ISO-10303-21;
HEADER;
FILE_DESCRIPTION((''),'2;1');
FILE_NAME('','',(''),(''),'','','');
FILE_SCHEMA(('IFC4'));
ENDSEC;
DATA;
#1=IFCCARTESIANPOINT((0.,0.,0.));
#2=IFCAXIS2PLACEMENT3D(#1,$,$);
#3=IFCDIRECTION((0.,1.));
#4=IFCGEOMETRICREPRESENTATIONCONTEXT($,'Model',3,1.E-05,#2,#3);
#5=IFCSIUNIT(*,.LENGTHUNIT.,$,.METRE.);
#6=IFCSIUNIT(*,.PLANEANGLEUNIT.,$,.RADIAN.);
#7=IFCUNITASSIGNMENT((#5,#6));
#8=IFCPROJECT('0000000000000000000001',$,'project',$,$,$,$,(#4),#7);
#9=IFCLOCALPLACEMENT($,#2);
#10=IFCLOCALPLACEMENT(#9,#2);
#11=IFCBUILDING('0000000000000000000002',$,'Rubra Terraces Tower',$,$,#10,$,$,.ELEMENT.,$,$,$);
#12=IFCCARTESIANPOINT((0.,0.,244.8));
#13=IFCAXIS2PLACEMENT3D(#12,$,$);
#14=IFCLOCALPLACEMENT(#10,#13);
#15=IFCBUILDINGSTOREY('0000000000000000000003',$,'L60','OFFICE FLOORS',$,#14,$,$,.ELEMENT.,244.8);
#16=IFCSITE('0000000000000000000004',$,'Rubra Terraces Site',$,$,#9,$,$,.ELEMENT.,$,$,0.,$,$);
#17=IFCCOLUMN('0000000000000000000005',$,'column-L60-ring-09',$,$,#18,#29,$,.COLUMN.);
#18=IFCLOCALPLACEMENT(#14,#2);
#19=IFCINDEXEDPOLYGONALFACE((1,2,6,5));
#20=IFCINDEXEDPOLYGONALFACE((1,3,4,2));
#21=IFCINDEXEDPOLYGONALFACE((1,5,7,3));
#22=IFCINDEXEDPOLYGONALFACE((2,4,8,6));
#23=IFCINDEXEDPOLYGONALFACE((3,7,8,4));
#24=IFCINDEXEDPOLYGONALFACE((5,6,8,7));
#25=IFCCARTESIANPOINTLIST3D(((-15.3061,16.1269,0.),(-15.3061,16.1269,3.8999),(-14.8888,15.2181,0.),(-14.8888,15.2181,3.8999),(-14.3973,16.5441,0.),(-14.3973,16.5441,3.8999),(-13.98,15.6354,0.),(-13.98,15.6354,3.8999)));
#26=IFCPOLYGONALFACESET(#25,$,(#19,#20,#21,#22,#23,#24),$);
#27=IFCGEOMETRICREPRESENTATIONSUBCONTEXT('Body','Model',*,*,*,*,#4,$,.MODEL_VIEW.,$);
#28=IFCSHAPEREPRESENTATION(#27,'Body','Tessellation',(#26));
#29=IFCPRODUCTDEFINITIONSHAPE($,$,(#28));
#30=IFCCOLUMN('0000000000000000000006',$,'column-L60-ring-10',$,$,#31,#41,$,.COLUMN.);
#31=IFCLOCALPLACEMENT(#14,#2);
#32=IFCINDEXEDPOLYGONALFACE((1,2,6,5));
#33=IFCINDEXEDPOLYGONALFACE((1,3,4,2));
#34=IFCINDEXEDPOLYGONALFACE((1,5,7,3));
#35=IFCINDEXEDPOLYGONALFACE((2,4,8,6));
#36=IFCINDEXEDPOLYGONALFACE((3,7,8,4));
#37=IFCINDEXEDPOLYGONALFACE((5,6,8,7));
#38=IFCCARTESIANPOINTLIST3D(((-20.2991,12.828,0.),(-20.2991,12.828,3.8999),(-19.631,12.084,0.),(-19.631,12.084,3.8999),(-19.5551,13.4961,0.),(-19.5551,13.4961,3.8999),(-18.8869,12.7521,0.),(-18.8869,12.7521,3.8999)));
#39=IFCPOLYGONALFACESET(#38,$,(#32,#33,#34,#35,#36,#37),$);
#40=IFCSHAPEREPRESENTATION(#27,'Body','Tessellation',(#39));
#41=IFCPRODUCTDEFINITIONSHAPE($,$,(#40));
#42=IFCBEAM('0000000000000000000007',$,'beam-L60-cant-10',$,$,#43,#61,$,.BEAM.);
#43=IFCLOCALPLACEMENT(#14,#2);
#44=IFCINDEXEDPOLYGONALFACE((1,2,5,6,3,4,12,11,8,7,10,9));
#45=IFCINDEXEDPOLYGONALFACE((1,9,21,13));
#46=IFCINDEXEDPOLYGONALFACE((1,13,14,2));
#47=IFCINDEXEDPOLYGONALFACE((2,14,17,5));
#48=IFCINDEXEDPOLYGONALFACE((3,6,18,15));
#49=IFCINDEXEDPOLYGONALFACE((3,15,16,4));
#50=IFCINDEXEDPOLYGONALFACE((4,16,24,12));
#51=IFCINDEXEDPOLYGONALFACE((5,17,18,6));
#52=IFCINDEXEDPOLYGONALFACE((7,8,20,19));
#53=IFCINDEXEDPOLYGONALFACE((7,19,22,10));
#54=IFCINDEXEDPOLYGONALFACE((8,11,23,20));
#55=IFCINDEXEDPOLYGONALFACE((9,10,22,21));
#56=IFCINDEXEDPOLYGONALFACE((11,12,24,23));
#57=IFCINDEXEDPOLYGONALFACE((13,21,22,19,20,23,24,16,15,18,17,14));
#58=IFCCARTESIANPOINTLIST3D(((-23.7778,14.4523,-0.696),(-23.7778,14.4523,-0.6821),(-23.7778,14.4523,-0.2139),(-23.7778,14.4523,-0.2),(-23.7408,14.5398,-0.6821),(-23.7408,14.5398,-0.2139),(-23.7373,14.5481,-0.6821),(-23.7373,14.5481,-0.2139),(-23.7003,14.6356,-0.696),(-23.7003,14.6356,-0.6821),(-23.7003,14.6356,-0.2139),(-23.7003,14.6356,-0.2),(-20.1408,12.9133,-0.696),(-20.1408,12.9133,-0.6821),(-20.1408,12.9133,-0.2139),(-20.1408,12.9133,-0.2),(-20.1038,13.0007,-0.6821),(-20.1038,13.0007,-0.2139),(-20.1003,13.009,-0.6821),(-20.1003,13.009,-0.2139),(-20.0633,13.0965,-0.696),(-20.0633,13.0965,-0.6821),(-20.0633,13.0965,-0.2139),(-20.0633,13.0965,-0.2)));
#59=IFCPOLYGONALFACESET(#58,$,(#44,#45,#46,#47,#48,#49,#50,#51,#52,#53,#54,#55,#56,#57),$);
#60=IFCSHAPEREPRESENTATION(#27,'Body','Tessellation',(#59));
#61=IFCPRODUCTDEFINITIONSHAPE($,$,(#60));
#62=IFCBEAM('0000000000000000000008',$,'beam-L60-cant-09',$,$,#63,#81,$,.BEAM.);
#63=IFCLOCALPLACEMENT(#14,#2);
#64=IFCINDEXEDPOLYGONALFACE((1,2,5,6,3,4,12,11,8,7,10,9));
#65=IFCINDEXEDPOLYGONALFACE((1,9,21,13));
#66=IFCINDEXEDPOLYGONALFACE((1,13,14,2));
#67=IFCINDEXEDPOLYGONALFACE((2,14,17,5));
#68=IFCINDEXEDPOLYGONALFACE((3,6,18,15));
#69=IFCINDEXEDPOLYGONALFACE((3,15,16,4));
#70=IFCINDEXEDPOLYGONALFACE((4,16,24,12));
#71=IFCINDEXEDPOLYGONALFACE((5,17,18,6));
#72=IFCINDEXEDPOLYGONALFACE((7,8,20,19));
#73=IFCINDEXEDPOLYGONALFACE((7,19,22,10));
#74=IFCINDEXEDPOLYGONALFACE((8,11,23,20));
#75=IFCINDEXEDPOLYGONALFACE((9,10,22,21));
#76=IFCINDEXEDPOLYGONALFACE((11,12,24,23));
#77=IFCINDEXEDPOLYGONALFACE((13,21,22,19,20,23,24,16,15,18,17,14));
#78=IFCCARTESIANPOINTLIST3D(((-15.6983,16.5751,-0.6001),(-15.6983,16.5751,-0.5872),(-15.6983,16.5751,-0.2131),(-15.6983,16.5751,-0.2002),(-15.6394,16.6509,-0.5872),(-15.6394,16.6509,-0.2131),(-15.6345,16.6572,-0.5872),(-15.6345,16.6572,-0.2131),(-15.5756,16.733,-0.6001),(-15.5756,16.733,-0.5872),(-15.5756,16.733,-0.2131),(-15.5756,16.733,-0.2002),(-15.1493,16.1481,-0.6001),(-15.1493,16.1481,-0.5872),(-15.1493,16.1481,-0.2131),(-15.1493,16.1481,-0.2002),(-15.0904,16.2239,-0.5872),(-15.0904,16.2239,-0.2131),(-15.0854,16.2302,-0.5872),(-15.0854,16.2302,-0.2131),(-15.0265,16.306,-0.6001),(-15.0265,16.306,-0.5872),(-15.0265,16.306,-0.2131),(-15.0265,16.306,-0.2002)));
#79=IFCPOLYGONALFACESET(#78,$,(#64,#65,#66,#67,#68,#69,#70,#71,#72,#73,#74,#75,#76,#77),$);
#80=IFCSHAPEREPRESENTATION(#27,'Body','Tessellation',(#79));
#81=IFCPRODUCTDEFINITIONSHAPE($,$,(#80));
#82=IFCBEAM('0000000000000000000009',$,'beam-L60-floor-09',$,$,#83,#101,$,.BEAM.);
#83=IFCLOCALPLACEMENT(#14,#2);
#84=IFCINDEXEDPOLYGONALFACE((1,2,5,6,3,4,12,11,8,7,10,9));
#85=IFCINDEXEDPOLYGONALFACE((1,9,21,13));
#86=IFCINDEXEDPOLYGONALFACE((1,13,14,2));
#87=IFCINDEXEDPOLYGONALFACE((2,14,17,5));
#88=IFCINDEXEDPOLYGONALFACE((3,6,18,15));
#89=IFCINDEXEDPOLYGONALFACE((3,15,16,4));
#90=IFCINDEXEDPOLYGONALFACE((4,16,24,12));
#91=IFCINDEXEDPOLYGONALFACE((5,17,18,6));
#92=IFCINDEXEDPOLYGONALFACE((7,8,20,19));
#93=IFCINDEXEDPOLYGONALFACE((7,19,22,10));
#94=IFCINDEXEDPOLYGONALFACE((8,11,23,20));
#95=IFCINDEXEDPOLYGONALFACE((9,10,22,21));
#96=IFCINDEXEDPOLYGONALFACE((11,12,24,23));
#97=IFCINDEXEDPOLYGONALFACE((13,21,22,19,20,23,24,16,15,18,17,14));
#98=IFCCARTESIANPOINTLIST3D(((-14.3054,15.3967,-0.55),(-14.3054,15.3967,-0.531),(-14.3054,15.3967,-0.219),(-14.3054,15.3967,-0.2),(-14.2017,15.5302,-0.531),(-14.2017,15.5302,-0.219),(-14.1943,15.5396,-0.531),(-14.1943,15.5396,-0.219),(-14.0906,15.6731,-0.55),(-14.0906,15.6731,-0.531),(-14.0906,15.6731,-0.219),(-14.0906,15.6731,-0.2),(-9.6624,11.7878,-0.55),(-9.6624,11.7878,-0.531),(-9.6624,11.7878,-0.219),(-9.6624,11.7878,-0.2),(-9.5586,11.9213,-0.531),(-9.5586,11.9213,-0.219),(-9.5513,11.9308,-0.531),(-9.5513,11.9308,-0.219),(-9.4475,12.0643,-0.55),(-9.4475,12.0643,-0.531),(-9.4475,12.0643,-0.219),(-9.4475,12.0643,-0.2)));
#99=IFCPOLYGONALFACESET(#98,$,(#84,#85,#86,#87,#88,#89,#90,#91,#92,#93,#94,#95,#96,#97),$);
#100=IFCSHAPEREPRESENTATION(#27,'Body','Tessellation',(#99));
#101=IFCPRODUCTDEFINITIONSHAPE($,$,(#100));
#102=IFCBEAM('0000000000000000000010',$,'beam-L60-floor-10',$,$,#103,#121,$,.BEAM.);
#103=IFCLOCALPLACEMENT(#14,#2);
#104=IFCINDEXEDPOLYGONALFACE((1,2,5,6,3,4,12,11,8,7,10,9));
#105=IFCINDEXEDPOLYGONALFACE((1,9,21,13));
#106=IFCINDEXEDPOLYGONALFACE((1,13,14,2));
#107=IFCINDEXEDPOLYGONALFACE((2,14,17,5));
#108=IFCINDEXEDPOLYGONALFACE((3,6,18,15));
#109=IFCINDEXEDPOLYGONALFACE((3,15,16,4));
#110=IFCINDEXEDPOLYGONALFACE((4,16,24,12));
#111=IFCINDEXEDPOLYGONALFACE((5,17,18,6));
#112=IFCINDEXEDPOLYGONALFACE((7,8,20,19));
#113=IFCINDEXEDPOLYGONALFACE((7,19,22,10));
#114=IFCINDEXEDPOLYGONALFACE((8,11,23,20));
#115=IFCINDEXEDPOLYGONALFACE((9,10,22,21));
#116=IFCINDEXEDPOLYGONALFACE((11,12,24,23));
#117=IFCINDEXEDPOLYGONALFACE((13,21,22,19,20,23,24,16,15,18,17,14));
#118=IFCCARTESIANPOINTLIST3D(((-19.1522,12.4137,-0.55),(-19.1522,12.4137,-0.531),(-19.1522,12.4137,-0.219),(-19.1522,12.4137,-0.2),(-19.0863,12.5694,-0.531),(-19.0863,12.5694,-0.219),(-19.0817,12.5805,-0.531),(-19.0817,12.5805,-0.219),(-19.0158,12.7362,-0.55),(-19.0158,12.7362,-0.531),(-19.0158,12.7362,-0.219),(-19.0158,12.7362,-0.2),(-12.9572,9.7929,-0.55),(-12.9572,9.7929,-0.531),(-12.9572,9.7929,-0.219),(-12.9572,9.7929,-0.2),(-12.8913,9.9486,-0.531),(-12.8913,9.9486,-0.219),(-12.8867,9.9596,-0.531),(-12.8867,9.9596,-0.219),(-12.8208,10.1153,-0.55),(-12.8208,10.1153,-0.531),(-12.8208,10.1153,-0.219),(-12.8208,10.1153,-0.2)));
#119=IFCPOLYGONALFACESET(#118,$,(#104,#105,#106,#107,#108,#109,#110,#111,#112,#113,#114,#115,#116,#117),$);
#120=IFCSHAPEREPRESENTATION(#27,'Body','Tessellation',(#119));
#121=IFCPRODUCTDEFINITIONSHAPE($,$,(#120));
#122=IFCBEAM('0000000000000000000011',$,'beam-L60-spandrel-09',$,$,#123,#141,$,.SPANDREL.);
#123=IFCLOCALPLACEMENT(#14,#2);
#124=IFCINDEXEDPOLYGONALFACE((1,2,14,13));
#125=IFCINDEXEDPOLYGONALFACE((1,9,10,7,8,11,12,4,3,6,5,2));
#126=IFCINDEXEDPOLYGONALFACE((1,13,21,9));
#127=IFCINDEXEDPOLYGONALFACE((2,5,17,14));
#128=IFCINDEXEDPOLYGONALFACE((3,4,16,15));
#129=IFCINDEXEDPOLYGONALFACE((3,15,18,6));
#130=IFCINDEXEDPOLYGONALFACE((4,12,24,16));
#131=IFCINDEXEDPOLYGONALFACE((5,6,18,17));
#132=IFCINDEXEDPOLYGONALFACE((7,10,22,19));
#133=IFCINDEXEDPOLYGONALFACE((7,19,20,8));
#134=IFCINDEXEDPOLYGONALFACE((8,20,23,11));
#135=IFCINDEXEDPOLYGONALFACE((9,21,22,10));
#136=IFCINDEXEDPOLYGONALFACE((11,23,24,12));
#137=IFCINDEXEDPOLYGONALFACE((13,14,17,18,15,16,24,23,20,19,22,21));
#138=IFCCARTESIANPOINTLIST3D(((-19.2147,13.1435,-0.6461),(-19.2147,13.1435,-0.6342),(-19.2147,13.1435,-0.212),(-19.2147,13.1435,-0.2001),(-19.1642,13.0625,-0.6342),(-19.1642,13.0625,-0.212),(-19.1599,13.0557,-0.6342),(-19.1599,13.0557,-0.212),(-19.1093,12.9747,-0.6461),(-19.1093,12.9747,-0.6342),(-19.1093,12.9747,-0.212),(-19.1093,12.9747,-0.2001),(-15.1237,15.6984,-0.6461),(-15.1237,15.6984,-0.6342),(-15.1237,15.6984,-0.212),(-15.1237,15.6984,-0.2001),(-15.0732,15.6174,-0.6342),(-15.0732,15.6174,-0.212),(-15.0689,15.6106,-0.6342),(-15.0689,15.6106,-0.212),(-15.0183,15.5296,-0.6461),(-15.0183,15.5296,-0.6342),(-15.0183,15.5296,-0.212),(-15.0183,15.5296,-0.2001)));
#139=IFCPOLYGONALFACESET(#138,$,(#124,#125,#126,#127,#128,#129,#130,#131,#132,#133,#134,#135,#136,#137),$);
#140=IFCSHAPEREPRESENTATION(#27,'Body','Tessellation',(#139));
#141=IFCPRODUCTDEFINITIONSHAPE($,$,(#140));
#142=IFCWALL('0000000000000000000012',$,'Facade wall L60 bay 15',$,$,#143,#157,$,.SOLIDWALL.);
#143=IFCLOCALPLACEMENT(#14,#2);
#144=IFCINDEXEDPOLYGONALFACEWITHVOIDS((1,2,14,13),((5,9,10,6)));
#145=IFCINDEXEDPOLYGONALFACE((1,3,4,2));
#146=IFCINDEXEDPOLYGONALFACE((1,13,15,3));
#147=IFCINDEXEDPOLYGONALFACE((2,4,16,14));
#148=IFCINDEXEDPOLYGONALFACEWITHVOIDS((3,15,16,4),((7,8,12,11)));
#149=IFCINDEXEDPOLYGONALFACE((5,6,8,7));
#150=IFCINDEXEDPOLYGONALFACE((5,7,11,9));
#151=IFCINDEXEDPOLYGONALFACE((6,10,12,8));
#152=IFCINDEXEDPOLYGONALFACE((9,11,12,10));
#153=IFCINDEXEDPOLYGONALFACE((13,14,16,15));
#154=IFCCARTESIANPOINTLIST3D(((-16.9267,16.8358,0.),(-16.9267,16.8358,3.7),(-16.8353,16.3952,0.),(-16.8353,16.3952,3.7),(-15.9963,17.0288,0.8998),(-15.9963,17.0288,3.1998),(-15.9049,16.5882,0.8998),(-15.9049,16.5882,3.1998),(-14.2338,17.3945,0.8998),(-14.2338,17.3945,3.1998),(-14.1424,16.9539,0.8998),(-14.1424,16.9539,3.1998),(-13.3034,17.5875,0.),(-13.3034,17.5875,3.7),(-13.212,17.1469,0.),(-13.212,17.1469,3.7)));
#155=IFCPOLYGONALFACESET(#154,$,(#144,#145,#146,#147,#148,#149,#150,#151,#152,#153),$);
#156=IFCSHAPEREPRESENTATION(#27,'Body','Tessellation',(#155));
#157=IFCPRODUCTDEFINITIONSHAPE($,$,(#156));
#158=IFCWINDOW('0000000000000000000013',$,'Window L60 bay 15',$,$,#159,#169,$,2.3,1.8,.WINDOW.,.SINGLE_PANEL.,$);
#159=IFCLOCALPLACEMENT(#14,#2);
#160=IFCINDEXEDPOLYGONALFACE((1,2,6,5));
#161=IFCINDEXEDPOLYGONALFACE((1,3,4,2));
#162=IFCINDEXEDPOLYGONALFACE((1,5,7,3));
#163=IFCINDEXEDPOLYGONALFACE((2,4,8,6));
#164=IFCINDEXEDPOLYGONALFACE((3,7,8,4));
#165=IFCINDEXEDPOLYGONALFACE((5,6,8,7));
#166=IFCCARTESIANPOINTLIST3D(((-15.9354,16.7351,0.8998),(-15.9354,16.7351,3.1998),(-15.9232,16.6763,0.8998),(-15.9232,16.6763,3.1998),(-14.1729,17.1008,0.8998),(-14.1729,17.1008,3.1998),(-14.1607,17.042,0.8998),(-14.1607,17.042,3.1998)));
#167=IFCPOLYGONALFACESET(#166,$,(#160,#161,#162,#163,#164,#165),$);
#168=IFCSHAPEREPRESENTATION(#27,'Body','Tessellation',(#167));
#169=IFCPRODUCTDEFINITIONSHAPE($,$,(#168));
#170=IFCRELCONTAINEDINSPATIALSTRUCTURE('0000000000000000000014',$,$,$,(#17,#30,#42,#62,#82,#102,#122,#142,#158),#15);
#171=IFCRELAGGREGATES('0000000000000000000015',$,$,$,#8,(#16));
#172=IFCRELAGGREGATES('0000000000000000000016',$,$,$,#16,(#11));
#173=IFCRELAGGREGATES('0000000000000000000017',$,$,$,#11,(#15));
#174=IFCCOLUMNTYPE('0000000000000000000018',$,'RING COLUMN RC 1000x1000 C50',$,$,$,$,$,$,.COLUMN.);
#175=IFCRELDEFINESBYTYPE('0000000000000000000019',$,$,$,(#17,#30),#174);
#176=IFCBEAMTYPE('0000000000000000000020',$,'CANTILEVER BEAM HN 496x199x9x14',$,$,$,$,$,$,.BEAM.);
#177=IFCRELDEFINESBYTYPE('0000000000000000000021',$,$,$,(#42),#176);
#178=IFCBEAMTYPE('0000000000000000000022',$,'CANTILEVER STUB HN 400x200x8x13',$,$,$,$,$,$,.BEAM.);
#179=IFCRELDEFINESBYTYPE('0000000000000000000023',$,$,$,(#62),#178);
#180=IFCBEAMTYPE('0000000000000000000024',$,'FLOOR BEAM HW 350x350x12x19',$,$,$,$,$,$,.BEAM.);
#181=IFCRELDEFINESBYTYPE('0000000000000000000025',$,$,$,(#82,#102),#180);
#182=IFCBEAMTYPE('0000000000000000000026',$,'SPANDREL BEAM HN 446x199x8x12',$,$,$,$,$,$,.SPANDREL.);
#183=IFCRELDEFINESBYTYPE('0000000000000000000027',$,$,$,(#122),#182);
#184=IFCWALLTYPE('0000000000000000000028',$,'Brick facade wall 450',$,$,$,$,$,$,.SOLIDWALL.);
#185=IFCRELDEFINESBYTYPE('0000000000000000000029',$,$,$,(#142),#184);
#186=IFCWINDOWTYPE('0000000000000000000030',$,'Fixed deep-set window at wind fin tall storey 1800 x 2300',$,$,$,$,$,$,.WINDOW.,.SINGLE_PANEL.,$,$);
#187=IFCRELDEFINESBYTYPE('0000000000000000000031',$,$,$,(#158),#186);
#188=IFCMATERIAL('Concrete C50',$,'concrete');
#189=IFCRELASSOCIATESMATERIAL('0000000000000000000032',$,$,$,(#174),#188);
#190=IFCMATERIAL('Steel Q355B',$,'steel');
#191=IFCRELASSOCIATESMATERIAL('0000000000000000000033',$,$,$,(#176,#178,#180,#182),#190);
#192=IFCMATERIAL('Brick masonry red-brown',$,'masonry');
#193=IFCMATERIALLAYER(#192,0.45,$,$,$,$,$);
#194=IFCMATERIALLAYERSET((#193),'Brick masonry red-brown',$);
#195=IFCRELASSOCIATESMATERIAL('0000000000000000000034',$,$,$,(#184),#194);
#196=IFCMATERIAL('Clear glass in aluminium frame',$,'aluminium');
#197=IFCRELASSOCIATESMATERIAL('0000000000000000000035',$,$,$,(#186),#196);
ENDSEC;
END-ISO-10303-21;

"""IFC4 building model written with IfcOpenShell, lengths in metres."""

from ifc_helpers import new_model, si_unit, direction, frame, frame_2d, origin, origin_2d, place, context, subcontext, project, spatial, rectangle, i_section, extrude, material, layer, layer_set, material_profile, profile_set, type_object, element, fill, save


model = new_model("IFC4")

# Units and contexts
model_context = context("Model", 3, precision=1e-05, world=origin(), true_north=direction((0.0, 1.0)))
body_context = subcontext(model_context, "Body", "Model", "MODEL_VIEW")
ifc_project = project(units=[si_unit("LENGTHUNIT", "METRE"), si_unit("PLANEANGLEUNIT", "RADIAN")], contexts=[model_context])

# Site, building, storey
site_placement = place(None, origin())
site = spatial("IfcSite", under=ifc_project, at=site_placement, Name="Rubra Terraces Site", CompositionType="ELEMENT", RefElevation=0.0)
building_placement = place(site_placement, origin())
building = spatial("IfcBuilding", under=site, at=building_placement, Name="Rubra Terraces Tower", CompositionType="ELEMENT")
storey_placement = place(building_placement, frame((0.0, 0.0, 244.8)))
storey = spatial("IfcBuildingStorey", under=building, at=storey_placement, Name="L60", Description="OFFICE FLOORS", CompositionType="ELEMENT", Elevation=244.8)

# Columns
ifc_material_1 = material(Name="Concrete C50", Category="concrete")
ifc_material_profile_1 = material_profile(ifc_material_1, rectangle(XDim=1.0, YDim=1.0, at=origin_2d()), Name="RC 1000x1000")
ifc_profile_set_1 = profile_set([ifc_material_profile_1], Name="Concrete C50")
column_type = type_object("IfcColumnType", Name="RING COLUMN RC 1000x1000 C50", PredefinedType="COLUMN", material=ifc_profile_set_1)
for number, where, z_axis, x_axis, name in (
    (1, (-14.6431, 15.8811, 0.0), (0.0, 0.0, 1.0), (-0.908779, -0.417279, 0.0), "column-L60-ring-09"),
    (2, (-19.593, 12.79, 0.0), (0.0, 0.0, 1.0), (-0.744021, -0.668156, 0.0), "column-L60-ring-10"),
):
    element("IfcColumn", number, at=place(storey_placement, frame(where, z_axis=z_axis, x_axis=x_axis)), inside=storey, type_object=column_type, Name=name, PredefinedType="COLUMN", context=body_context, shape_type="SweptSolid", body=[
        extrude(rectangle(XDim=1.0, YDim=1.0, at=origin_2d()), origin(), (0.0, 0.0, 1.0), 3.8999),
    ])

# Beams
ifc_material_2 = material(Name="Steel Q355B", Category="steel")
ifc_material_profile_2 = material_profile(ifc_material_2, i_section(OverallWidth=0.199, OverallDepth=0.4961, WebThickness=0.009, FlangeThickness=0.0139, at=origin_2d()), Name="HN 496x199x9x14")
ifc_profile_set_2 = profile_set([ifc_material_profile_2], Name="Steel Q355B")
beam_type_1 = type_object("IfcBeamType", Name="CANTILEVER BEAM HN 496x199x9x14", PredefinedType="BEAM", material=ifc_profile_set_2)
beam_1_placement = place(storey_placement, frame((-20.1021, 13.0049, -0.448), z_axis=(-0.920936, 0.389715, 0.0), x_axis=(-0.389715, -0.920936, 0.0)))
element("IfcBeam", 3, at=beam_1_placement, inside=storey, type_object=beam_type_1, Name="beam-L60-cant-10", PredefinedType="BEAM", context=body_context, shape_type="SweptSolid", body=[
    extrude(i_section(OverallWidth=0.199, OverallDepth=0.4961, WebThickness=0.009, FlangeThickness=0.0139, at=origin_2d()), origin(), (0.0, 0.0, 1.0), 3.9492),
])
ifc_material_profile_3 = material_profile(ifc_material_2, i_section(OverallWidth=0.2, OverallDepth=0.3999, WebThickness=0.0081, FlangeThickness=0.0129, at=origin_2d()), Name="HN 400x200x8x13")
ifc_profile_set_3 = profile_set([ifc_material_profile_3], Name="Steel Q355B")
beam_type_2 = type_object("IfcBeamType", Name="CANTILEVER STUB HN 400x200x8x13", PredefinedType="BEAM", material=ifc_profile_set_3)
beam_2_placement = place(storey_placement, frame((-15.0879, 16.2271, -0.4001), z_axis=(-0.78939, 0.613892, 0.0), x_axis=(-0.613892, -0.78939, 0.0)))
element("IfcBeam", 4, at=beam_2_placement, inside=storey, type_object=beam_type_2, Name="beam-L60-cant-09", PredefinedType="BEAM", context=body_context, shape_type="SweptSolid", body=[
    extrude(i_section(OverallWidth=0.2, OverallDepth=0.3999, WebThickness=0.0081, FlangeThickness=0.0129, at=origin_2d()), origin(), (0.0, 0.0, 1.0), 0.6956),
])
ifc_material_profile_4 = material_profile(ifc_material_2, i_section(OverallWidth=0.3501, OverallDepth=0.3501, WebThickness=0.012, FlangeThickness=0.019, at=origin_2d()), Name="HW 350x350x12x19")
ifc_profile_set_4 = profile_set([ifc_material_profile_4], Name="Steel Q355B")
beam_type_3 = type_object("IfcBeamType", Name="FLOOR BEAM HW 350x350x12x19", PredefinedType="BEAM", material=ifc_profile_set_4)
beam_3_placement = place(storey_placement, frame((-14.198, 15.5349, -0.375), z_axis=(0.789549, -0.613688, 0.0), x_axis=(0.613688, 0.789549, 0.0)))
element("IfcBeam", 5, at=beam_3_placement, inside=storey, type_object=beam_type_3, Name="beam-L60-floor-09", PredefinedType="BEAM", context=body_context, shape_type="SweptSolid", body=[
    extrude(i_section(OverallWidth=0.3501, OverallDepth=0.3501, WebThickness=0.012, FlangeThickness=0.019, at=origin_2d()), origin(), (0.0, 0.0, 1.0), 5.8806),
])
beam_4_placement = place(storey_placement, frame((-19.084, 12.575, -0.375), z_axis=(0.920975, -0.389622, 0.0), x_axis=(0.389622, 0.920975, 0.0)))
element("IfcBeam", 6, at=beam_4_placement, inside=storey, type_object=beam_type_3, Name="beam-L60-floor-10", PredefinedType="BEAM", context=body_context, shape_type="SweptSolid", body=[
    extrude(i_section(OverallWidth=0.3501, OverallDepth=0.3501, WebThickness=0.012, FlangeThickness=0.019, at=origin_2d()), origin(), (0.0, 0.0, 1.0), 6.7266),
])
ifc_material_profile_5 = material_profile(ifc_material_2, i_section(OverallWidth=0.199, OverallDepth=0.446, WebThickness=0.0081, FlangeThickness=0.012, at=origin_2d()), Name="HN 446x199x8x12")
ifc_profile_set_5 = profile_set([ifc_material_profile_5], Name="Steel Q355B")
beam_type_4 = type_object("IfcBeamType", Name="SPANDREL BEAM HN 446x199x8x12", PredefinedType="SPANDREL", material=ifc_profile_set_5)
beam_5_placement = place(storey_placement, frame((-15.071, 15.614, -0.4231), z_axis=(-0.848183, -0.529703, 0.0), x_axis=(0.529703, -0.848183, 0.0)))
element("IfcBeam", 7, at=beam_5_placement, inside=storey, type_object=beam_type_4, Name="beam-L60-spandrel-09", PredefinedType="SPANDREL", context=body_context, shape_type="SweptSolid", body=[
    extrude(i_section(OverallWidth=0.199, OverallDepth=0.446, WebThickness=0.0081, FlangeThickness=0.012, at=origin_2d()), origin(), (0.0, 0.0, 1.0), 4.8232),
])

# Wall, opening, window
ifc_material_3 = material(Name="Brick masonry red-brown", Category="masonry")
ifc_layer_1 = layer(ifc_material_3, 0.45)
ifc_layer_set_1 = layer_set([ifc_layer_1], Name="Brick masonry red-brown")
wall_type_1 = type_object("IfcWallType", Name="Brick facade wall 450", PredefinedType="SOLIDWALL", material=ifc_layer_set_1)
wall_1_placement = place(storey_placement, frame((-13.2578, 17.3672, 0.0), z_axis=(0.0, 0.0, 1.0), x_axis=(-0.97915, -0.20314, 0.0)))
wall_1 = element("IfcWall", 8, at=wall_1_placement, inside=storey, type_object=wall_type_1, Name="Facade wall L60 bay 15", PredefinedType="SOLIDWALL", context=body_context, shape_type="SweptSolid", body=[
    extrude(rectangle(XDim=3.7004, YDim=0.45, at=frame_2d((1.8501, 0.0))), origin(), (0.0, 0.0, 1.0), 3.7),
])
opening_1_placement = place(wall_1_placement, frame((0.9502, 0.0, 0.8999)))
opening_1 = element("IfcOpeningElement", 9, at=opening_1_placement, cuts=wall_1, PredefinedType="OPENING", context=body_context, shape_type="SweptSolid", body=[
    extrude(rectangle(XDim=1.8, YDim=2.3, at=frame_2d((0.8999, 1.1499))), frame((0.0, 0.2349, 0.0), z_axis=(0.0, -1.0, 0.0), x_axis=(1.0, 0.0, 0.0)), (0.0, 0.0, 1.0), 0.47),
])
ifc_material_4 = material(Name="Clear glass in aluminium frame", Category="aluminium")
window_type_1 = type_object("IfcWindowType", Name="Fixed deep-set window at wind fin tall storey 1800 x 2300", PartitioningType="SINGLE_PANEL", PredefinedType="WINDOW", material=ifc_material_4)
window_1_placement = place(opening_1_placement, origin())
window_1 = element("IfcWindow", 10, at=window_1_placement, inside=storey, type_object=window_type_1, Name="Window L60 bay 15", OverallHeight=2.3, OverallWidth=1.8, PartitioningType="SINGLE_PANEL", PredefinedType="WINDOW", context=body_context, shape_type="SweptSolid", body=[
    extrude(rectangle(XDim=1.8, YDim=2.3, at=frame_2d((0.8999, 1.1499))), frame((0.0, 0.135, 0.0), z_axis=(0.0, -1.0, 0.0), x_axis=(1.0, 0.0, 0.0)), (0.0, 0.0, 1.0), 0.0601),
])
fill(opening_1, window_1)

save(model, "model.ifc")
